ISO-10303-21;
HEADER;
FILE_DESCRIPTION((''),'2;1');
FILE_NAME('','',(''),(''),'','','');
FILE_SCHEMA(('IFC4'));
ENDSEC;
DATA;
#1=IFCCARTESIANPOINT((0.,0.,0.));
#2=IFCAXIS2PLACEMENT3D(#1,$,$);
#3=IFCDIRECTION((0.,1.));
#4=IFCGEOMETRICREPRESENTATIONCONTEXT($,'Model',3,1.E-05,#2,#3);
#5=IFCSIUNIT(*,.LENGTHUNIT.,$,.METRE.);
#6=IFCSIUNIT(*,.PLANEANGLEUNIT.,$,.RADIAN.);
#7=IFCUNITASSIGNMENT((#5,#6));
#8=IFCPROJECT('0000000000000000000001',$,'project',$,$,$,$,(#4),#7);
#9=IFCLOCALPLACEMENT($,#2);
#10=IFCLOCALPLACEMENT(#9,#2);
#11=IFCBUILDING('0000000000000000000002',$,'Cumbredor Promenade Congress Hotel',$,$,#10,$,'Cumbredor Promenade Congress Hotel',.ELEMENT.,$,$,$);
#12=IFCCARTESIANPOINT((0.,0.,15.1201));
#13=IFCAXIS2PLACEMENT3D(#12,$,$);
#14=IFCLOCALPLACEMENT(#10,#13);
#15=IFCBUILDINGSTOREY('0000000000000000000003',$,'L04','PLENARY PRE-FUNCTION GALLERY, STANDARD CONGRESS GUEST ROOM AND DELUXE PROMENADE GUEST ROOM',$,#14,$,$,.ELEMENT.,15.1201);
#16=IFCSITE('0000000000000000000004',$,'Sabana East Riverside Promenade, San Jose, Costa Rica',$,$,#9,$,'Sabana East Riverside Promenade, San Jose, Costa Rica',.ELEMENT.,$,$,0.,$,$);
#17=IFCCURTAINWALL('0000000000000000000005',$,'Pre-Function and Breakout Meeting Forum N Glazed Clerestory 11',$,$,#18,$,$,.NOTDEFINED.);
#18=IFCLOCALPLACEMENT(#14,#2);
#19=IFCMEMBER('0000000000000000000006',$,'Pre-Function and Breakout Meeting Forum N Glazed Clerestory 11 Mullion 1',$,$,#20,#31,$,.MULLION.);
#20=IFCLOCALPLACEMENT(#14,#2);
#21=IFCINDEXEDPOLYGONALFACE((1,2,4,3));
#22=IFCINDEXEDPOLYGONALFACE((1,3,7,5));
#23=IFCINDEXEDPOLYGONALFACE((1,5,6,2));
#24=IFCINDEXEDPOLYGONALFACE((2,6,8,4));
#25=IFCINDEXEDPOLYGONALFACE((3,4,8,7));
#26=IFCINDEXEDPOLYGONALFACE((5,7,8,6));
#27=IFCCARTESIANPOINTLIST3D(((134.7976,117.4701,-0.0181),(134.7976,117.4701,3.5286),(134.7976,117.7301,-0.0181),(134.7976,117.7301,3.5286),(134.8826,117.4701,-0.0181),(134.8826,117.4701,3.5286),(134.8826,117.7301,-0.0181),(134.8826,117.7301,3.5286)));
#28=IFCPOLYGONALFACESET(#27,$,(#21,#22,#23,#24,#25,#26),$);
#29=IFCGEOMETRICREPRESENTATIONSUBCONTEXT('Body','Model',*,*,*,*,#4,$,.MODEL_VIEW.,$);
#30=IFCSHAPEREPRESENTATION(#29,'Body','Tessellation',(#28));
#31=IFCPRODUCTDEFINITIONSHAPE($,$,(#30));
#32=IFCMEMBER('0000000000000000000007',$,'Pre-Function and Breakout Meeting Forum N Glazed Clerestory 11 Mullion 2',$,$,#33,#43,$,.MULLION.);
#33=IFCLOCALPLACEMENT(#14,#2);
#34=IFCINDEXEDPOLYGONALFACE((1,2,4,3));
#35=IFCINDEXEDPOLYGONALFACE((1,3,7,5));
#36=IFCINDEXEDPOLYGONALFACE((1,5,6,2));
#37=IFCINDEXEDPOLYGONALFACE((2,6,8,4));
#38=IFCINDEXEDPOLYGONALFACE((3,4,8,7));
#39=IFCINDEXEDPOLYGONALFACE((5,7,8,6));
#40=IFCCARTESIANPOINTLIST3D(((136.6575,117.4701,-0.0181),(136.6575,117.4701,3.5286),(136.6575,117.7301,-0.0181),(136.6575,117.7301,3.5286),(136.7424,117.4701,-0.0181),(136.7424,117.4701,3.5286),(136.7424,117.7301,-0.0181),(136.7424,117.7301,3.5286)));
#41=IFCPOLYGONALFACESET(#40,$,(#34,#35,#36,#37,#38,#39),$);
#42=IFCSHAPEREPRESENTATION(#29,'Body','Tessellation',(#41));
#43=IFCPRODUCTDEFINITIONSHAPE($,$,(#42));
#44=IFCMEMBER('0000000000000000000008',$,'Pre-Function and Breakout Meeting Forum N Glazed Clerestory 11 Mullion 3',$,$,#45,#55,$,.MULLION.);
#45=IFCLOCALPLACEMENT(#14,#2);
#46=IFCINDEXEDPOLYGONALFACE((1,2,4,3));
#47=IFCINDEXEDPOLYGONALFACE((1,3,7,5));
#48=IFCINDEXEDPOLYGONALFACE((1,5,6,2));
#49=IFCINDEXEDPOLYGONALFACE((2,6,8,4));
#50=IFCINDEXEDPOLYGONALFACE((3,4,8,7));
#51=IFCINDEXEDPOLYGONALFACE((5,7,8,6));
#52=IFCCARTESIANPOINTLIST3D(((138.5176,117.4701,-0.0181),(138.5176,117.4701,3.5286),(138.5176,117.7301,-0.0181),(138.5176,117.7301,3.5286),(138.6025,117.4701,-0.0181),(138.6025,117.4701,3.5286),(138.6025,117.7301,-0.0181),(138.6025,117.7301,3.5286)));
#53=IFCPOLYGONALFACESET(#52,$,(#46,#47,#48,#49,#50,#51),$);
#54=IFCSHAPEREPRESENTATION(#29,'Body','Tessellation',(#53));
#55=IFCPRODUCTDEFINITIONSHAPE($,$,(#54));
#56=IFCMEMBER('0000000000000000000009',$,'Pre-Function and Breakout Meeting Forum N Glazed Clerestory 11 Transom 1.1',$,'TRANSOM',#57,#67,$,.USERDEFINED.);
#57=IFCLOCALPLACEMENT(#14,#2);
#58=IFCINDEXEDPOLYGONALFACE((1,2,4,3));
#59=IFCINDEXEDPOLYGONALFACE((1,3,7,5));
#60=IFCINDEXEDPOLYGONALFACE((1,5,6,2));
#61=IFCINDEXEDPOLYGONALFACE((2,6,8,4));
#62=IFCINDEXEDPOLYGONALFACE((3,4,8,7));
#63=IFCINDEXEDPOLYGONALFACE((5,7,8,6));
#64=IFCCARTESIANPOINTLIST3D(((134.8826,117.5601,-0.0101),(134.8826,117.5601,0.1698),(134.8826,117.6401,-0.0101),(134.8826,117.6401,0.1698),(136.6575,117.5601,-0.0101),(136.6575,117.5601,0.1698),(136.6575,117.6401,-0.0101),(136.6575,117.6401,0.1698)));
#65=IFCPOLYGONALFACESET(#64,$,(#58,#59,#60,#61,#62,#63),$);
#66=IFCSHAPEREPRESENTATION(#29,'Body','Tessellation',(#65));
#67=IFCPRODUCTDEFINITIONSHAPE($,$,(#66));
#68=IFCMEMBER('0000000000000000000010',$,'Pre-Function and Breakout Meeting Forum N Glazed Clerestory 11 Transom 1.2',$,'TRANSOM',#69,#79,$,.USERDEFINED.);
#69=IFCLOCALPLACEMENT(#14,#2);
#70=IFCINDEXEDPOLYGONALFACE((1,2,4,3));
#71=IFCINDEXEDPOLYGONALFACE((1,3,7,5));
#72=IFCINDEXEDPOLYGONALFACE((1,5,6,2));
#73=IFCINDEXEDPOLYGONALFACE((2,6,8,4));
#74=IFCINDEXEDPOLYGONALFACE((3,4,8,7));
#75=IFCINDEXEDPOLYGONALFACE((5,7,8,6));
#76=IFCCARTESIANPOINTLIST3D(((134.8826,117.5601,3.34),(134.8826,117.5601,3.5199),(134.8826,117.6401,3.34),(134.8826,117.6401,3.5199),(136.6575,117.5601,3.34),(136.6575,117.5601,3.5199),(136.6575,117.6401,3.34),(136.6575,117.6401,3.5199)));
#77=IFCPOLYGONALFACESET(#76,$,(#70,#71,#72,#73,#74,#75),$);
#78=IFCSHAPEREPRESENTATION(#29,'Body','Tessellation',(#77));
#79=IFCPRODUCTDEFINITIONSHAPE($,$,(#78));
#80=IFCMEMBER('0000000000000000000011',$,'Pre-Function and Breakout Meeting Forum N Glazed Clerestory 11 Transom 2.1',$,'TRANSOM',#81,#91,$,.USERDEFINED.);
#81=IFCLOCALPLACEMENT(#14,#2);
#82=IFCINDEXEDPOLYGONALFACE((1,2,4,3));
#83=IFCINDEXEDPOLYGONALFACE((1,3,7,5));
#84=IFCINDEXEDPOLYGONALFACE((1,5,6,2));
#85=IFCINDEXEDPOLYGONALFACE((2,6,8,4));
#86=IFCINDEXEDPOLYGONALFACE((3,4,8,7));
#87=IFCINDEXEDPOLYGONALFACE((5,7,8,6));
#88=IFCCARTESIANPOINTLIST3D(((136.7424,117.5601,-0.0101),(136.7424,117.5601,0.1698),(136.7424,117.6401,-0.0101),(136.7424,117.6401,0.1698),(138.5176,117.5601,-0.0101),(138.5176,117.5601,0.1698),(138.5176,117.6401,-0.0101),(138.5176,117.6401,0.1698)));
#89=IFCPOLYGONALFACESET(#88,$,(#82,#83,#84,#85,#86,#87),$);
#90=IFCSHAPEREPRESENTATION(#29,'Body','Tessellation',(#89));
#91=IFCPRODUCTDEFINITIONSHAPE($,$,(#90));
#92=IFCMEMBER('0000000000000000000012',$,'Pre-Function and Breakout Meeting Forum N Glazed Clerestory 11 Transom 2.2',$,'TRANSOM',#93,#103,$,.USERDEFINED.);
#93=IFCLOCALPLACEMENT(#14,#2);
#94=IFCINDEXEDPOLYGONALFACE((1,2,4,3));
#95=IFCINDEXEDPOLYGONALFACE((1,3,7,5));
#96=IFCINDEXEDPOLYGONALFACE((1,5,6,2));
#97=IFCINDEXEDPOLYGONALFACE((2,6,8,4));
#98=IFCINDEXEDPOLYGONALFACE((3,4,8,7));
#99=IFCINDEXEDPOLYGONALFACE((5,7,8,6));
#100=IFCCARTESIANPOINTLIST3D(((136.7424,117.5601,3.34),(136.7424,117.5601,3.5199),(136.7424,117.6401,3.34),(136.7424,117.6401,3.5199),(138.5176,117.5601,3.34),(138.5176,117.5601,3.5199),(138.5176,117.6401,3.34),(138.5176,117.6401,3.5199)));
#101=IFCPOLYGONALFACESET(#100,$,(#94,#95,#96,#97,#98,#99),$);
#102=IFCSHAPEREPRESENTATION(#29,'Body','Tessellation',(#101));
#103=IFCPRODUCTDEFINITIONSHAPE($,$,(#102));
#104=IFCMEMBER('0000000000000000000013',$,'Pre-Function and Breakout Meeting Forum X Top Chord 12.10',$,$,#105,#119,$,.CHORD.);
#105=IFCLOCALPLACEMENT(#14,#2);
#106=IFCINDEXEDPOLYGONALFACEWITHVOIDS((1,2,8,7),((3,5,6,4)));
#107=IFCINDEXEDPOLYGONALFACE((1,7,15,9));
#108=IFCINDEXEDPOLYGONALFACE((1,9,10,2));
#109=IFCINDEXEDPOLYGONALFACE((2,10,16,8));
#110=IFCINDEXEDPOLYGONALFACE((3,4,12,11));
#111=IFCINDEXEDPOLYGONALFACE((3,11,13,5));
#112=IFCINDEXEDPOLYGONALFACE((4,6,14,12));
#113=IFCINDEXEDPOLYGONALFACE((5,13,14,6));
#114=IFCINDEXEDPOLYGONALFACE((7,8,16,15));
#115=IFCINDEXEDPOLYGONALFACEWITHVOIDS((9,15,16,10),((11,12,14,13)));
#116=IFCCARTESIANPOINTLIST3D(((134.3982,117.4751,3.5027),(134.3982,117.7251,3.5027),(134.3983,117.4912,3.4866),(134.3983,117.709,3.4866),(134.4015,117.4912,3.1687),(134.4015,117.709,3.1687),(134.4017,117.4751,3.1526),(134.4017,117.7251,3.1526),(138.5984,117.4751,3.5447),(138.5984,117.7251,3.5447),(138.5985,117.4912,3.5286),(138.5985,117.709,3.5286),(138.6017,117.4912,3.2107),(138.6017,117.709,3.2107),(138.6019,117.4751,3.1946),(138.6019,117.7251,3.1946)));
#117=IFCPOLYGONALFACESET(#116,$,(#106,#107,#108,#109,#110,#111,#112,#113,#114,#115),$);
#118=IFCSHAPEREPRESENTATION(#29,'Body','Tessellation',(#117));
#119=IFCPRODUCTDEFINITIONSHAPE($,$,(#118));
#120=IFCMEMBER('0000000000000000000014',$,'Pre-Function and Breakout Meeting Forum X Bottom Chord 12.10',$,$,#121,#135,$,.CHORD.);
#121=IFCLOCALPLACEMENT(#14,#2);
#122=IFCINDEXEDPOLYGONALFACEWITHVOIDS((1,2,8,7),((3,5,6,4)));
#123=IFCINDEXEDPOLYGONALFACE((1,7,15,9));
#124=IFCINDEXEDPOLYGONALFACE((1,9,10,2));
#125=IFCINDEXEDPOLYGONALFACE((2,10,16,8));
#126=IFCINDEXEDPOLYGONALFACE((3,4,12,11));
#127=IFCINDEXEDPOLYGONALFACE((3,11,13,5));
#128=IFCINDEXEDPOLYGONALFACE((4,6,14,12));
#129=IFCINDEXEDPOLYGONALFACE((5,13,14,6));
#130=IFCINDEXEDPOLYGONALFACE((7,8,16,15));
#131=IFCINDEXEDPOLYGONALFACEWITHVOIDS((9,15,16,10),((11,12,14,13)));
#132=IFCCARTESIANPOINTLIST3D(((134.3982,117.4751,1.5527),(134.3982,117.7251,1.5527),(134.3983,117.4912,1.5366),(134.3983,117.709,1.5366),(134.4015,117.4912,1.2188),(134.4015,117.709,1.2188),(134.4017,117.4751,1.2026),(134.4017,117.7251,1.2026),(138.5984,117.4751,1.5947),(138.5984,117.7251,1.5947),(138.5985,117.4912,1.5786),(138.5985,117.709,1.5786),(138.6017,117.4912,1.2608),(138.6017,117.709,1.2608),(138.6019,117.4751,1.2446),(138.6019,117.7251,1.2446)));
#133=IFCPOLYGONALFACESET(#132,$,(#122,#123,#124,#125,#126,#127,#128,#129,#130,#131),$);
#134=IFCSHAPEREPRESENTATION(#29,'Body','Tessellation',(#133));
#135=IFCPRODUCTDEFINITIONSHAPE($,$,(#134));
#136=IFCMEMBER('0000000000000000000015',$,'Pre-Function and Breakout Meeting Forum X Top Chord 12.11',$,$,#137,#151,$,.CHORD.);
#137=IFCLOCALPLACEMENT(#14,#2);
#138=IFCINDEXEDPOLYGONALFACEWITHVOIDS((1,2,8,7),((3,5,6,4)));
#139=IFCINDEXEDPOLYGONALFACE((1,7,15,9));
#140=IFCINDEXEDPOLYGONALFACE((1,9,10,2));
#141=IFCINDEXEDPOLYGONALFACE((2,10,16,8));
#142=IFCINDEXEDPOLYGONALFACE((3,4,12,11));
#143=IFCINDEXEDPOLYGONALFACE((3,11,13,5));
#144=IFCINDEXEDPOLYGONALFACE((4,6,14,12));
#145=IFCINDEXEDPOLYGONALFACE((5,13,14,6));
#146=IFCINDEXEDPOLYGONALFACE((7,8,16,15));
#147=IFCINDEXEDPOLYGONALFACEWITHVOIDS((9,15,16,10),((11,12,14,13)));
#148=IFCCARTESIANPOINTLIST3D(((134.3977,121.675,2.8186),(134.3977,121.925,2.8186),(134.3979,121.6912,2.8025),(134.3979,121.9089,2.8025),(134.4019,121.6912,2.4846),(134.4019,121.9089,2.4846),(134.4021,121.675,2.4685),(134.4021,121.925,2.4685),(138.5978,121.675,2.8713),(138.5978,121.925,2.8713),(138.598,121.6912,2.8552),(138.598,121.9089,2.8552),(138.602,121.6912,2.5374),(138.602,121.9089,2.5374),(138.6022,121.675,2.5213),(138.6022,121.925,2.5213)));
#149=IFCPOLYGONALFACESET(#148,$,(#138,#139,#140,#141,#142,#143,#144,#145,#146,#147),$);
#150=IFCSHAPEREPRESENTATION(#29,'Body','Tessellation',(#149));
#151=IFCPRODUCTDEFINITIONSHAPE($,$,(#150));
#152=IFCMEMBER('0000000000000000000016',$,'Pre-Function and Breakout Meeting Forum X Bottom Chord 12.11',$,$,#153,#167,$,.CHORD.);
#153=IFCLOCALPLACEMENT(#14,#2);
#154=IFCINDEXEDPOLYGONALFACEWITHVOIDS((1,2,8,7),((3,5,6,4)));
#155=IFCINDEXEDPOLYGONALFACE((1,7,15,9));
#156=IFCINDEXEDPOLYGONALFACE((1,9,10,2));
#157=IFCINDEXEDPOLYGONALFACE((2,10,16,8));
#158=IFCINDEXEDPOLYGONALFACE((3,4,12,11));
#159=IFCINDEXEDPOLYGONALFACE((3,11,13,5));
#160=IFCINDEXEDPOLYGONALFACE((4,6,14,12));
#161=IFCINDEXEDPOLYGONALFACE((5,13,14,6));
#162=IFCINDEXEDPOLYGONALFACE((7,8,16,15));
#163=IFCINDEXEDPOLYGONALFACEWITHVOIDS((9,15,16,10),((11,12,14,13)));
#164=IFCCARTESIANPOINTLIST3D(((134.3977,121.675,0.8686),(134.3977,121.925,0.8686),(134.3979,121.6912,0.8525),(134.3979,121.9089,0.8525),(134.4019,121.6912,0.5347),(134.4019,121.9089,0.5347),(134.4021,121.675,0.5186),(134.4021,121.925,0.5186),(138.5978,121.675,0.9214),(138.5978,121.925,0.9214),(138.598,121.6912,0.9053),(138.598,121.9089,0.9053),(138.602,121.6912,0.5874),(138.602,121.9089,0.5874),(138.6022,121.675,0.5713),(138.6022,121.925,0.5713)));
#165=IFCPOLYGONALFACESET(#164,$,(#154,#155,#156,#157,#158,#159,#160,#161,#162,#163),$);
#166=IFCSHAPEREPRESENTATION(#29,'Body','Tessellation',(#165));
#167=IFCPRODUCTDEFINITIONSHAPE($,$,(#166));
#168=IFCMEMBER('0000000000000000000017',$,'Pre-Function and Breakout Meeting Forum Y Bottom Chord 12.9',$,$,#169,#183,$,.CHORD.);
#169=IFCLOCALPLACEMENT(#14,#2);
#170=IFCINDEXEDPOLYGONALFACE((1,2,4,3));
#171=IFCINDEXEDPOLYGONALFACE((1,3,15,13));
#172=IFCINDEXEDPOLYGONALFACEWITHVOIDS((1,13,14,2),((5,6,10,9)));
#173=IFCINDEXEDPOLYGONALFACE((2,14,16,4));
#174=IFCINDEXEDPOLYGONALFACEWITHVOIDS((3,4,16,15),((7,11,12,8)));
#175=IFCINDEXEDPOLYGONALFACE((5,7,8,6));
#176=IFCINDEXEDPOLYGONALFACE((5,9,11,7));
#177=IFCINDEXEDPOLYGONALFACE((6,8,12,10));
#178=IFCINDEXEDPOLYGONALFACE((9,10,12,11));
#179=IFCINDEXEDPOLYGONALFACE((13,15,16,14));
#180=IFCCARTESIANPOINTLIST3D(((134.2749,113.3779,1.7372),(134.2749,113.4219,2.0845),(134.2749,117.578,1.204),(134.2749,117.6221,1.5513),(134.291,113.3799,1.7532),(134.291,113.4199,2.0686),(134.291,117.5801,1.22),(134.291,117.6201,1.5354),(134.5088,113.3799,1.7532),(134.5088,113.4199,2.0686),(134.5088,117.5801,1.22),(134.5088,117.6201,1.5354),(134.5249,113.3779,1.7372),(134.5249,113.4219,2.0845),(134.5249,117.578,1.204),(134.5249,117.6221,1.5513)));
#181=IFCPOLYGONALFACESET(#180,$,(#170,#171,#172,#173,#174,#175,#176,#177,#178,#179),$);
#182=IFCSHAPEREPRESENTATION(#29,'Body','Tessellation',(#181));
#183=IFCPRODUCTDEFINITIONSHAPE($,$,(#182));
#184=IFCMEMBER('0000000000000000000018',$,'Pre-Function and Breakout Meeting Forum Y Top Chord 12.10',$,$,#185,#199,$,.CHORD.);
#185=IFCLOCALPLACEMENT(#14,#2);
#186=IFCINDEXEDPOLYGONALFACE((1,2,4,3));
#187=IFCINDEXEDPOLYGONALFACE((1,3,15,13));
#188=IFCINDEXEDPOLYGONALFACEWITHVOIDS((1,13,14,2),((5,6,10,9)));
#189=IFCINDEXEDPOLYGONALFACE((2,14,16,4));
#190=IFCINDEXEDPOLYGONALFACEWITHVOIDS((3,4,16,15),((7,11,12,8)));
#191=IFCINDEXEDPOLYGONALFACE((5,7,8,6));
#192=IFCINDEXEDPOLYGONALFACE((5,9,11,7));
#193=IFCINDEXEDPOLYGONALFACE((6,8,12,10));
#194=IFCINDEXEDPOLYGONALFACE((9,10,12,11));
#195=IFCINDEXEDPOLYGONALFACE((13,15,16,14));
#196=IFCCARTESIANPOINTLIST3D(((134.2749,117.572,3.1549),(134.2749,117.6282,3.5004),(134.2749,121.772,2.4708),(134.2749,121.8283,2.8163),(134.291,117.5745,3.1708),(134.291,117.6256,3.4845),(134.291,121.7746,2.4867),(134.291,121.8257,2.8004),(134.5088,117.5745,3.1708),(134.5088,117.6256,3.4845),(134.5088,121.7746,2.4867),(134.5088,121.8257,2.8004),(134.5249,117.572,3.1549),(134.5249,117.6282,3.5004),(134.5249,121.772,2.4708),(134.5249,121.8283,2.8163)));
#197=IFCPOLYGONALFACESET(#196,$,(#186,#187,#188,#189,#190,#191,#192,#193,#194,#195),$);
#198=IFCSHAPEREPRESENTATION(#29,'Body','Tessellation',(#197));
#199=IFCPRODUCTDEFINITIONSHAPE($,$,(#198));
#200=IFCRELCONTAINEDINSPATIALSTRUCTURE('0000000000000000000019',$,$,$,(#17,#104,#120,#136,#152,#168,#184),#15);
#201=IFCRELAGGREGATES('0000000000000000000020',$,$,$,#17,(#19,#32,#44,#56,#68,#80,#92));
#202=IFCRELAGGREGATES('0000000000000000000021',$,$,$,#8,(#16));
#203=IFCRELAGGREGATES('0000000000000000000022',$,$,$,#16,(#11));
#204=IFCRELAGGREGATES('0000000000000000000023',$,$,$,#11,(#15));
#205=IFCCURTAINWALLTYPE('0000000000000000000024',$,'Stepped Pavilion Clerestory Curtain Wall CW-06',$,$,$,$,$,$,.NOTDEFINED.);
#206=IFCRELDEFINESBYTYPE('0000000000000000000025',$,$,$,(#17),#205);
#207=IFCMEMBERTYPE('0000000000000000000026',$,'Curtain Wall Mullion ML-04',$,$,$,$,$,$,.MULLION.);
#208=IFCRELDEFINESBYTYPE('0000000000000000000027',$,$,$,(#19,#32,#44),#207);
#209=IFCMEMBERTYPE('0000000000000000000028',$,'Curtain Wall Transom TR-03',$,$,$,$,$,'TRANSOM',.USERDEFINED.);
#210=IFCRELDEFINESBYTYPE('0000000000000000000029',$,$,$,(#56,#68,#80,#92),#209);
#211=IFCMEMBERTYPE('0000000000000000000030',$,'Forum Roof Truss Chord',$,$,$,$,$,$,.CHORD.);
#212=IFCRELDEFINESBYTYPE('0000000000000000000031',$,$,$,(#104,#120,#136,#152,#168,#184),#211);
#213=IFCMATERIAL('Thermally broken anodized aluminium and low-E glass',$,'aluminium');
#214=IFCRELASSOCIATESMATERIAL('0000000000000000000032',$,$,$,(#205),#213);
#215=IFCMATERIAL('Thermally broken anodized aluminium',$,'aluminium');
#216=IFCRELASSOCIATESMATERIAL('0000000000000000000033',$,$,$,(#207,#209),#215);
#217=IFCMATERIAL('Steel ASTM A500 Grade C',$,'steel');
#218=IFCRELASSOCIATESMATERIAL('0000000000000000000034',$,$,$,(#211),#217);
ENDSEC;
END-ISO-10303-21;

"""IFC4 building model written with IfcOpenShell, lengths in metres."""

from ifc_helpers import new_model, si_unit, direction, frame, origin, origin_2d, place, context, subcontext, project, spatial, rectangle, hollow_rectangle, extrude, material, material_profile, profile_set, type_object, element, aggregate, save


model = new_model("IFC4")

# Units and contexts
model_context = context("Model", 3, precision=1e-05, world=origin(), true_north=direction((0.0, 1.0)))
body_context = subcontext(model_context, "Body", "Model", "MODEL_VIEW")
ifc_project = project(units=[si_unit("LENGTHUNIT", "METRE"), si_unit("PLANEANGLEUNIT", "RADIAN")], contexts=[model_context])

# Site, building, storey
site_placement = place(None, origin())
site = spatial("IfcSite", under=ifc_project, at=site_placement, Name="Sabana East Riverside Promenade, San Jose, Costa Rica", LongName="Sabana East Riverside Promenade, San Jose, Costa Rica", CompositionType="ELEMENT", RefElevation=0.0)
building_placement = place(site_placement, origin())
building = spatial("IfcBuilding", under=site, at=building_placement, Name="Cumbredor Promenade Congress Hotel", LongName="Cumbredor Promenade Congress Hotel", CompositionType="ELEMENT")
storey_placement = place(building_placement, frame((0.0, 0.0, 15.1201)))
storey = spatial("IfcBuildingStorey", under=building, at=storey_placement, Name="L04", Description="PLENARY PRE-FUNCTION GALLERY, STANDARD CONGRESS GUEST ROOM AND DELUXE PROMENADE GUEST ROOM", CompositionType="ELEMENT", Elevation=15.1201)

# Curtain wall, members
ifc_material_1 = material(Name="Thermally broken anodized aluminium and low-E glass", Category="aluminium")
curtain_wall_type = type_object("IfcCurtainWallType", Name="Stepped Pavilion Clerestory Curtain Wall CW-06", PredefinedType="NOTDEFINED", material=ifc_material_1)
curtain_wall_placement = place(storey_placement, origin())
curtain_wall = element("IfcCurtainWall", 1, at=curtain_wall_placement, inside=storey, type_object=curtain_wall_type, Name="Pre-Function and Breakout Meeting Forum N Glazed Clerestory 11", PredefinedType="NOTDEFINED")
ifc_material_2 = material(Name="Thermally broken anodized aluminium", Category="aluminium")
ifc_material_profile_1 = material_profile(ifc_material_2, rectangle(XDim=0.085, YDim=0.26, at=origin_2d()), Name="ALU MULLION CLERESTORY 85x260")
ifc_profile_set_1 = profile_set([ifc_material_profile_1], Name="Thermally broken anodized aluminium")
member_type_1 = type_object("IfcMemberType", Name="Curtain Wall Mullion ML-04", PredefinedType="MULLION", material=ifc_profile_set_1)
member_1_placement = place(storey_placement, frame((134.8401, 117.6001, -0.0181), z_axis=(0.0, 0.0, 1.0), x_axis=(1.0, 0.0, 0.0)))
member_1 = element("IfcMember", 2, at=member_1_placement, type_object=member_type_1, Name="Pre-Function and Breakout Meeting Forum N Glazed Clerestory 11 Mullion 1", PredefinedType="MULLION", context=body_context, shape_type="SweptSolid", body=[
    extrude(rectangle(XDim=0.085, YDim=0.26, at=origin_2d()), origin(), (0.0, 0.0, 1.0), 3.5466),
])
member_2_placement = place(storey_placement, frame((136.7, 117.6001, -0.0181), z_axis=(0.0, 0.0, 1.0), x_axis=(1.0, 0.0, 0.0)))
member_2 = element("IfcMember", 3, at=member_2_placement, type_object=member_type_1, Name="Pre-Function and Breakout Meeting Forum N Glazed Clerestory 11 Mullion 2", PredefinedType="MULLION", context=body_context, shape_type="SweptSolid", body=[
    extrude(rectangle(XDim=0.085, YDim=0.26, at=origin_2d()), origin(), (0.0, 0.0, 1.0), 3.5466),
])
member_3_placement = place(storey_placement, frame((138.5601, 117.6001, -0.0181), z_axis=(0.0, 0.0, 1.0), x_axis=(1.0, 0.0, 0.0)))
member_3 = element("IfcMember", 4, at=member_3_placement, type_object=member_type_1, Name="Pre-Function and Breakout Meeting Forum N Glazed Clerestory 11 Mullion 3", PredefinedType="MULLION", context=body_context, shape_type="SweptSolid", body=[
    extrude(rectangle(XDim=0.085, YDim=0.26, at=origin_2d()), origin(), (0.0, 0.0, 1.0), 3.5466),
])
ifc_material_profile_2 = material_profile(ifc_material_2, rectangle(XDim=0.0801, YDim=0.1799, at=origin_2d()), Name="ALU TRANSOM 80x180")
ifc_profile_set_2 = profile_set([ifc_material_profile_2], Name="Thermally broken anodized aluminium")
member_type_2 = type_object("IfcMemberType", Name="Curtain Wall Transom TR-03", ElementType="TRANSOM", PredefinedType="USERDEFINED", material=ifc_profile_set_2)
member_4_placement = place(storey_placement, frame((134.8826, 117.6001, 0.0798), z_axis=(1.0, 0.0, 0.0), x_axis=(0.0, 1.0, 0.0)))
member_4 = element("IfcMember", 5, at=member_4_placement, type_object=member_type_2, Name="Pre-Function and Breakout Meeting Forum N Glazed Clerestory 11 Transom 1.1", ObjectType="TRANSOM", PredefinedType="USERDEFINED", context=body_context, shape_type="SweptSolid", body=[
    extrude(rectangle(XDim=0.0801, YDim=0.1799, at=origin_2d()), origin(), (0.0, 0.0, 1.0), 1.7749),
])
member_5_placement = place(storey_placement, frame((134.8826, 117.6001, 3.4299), z_axis=(1.0, 0.0, 0.0), x_axis=(0.0, 1.0, 0.0)))
member_5 = element("IfcMember", 6, at=member_5_placement, type_object=member_type_2, Name="Pre-Function and Breakout Meeting Forum N Glazed Clerestory 11 Transom 1.2", ObjectType="TRANSOM", PredefinedType="USERDEFINED", context=body_context, shape_type="SweptSolid", body=[
    extrude(rectangle(XDim=0.0801, YDim=0.1799, at=origin_2d()), origin(), (0.0, 0.0, 1.0), 1.7749),
])
member_6_placement = place(storey_placement, frame((136.7424, 117.6001, 0.0798), z_axis=(1.0, 0.0, 0.0), x_axis=(0.0, 1.0, 0.0)))
member_6 = element("IfcMember", 7, at=member_6_placement, type_object=member_type_2, Name="Pre-Function and Breakout Meeting Forum N Glazed Clerestory 11 Transom 2.1", ObjectType="TRANSOM", PredefinedType="USERDEFINED", context=body_context, shape_type="SweptSolid", body=[
    extrude(rectangle(XDim=0.0801, YDim=0.1799, at=origin_2d()), origin(), (0.0, 0.0, 1.0), 1.7751),
])
member_7_placement = place(storey_placement, frame((136.7424, 117.6001, 3.4299), z_axis=(1.0, 0.0, 0.0), x_axis=(0.0, 1.0, 0.0)))
member_7 = element("IfcMember", 8, at=member_7_placement, type_object=member_type_2, Name="Pre-Function and Breakout Meeting Forum N Glazed Clerestory 11 Transom 2.2", ObjectType="TRANSOM", PredefinedType="USERDEFINED", context=body_context, shape_type="SweptSolid", body=[
    extrude(rectangle(XDim=0.0801, YDim=0.1799, at=origin_2d()), origin(), (0.0, 0.0, 1.0), 1.7751),
])

# Members
ifc_material_3 = material(Name="Steel ASTM A500 Grade C", Category="steel")
ifc_material_profile_3 = material_profile(ifc_material_3, hollow_rectangle(XDim=0.25, YDim=0.3501, WallThickness=0.0161, at=origin_2d()), Name="HSS 350x250x16")
ifc_profile_set_3 = profile_set([ifc_material_profile_3], Name="Steel ASTM A500 Grade C")
member_type_3 = type_object("IfcMemberType", Name="Forum Roof Truss Chord", PredefinedType="CHORD", material=ifc_profile_set_3)
for number, where, z_axis, x_axis, name in (
    (9, (134.3999, 117.6001, 3.3276), (0.99995, 0.0, 0.009997), (0.0, 1.0, 0.0), "Pre-Function and Breakout Meeting Forum X Top Chord 12.10"),
    (10, (134.3999, 117.6001, 1.3777), (0.99995, 0.0, 0.009997), (0.0, 1.0, 0.0), "Pre-Function and Breakout Meeting Forum X Bottom Chord 12.10"),
    (11, (134.3999, 121.8, 2.6436), (0.999921, 0.0, 0.012554), (0.0, 1.0, 0.0), "Pre-Function and Breakout Meeting Forum X Top Chord 12.11"),
    (12, (134.3999, 121.8, 0.6936), (0.999921, 0.0, 0.012554), (0.0, 1.0, 0.0), "Pre-Function and Breakout Meeting Forum X Bottom Chord 12.11"),
):
    element("IfcMember", number, at=place(storey_placement, frame(where, z_axis=z_axis, x_axis=x_axis)), inside=storey, type_object=member_type_3, Name=name, PredefinedType="CHORD", context=body_context, shape_type="SweptSolid", body=[
        extrude(hollow_rectangle(XDim=0.25, YDim=0.3501, WallThickness=0.0161, at=origin_2d()), origin(), (0.0, 0.0, 1.0), 4.2004),
    ])
member_8_placement = place(storey_placement, frame((134.3999, 113.3999, 1.9109), z_axis=(0.0, 0.992038, -0.125937), x_axis=(-1.0, 0.0, 0.0)))
element("IfcMember", 13, at=member_8_placement, inside=storey, type_object=member_type_3, Name="Pre-Function and Breakout Meeting Forum Y Bottom Chord 12.9", PredefinedType="CHORD", context=body_context, shape_type="SweptSolid", body=[
    extrude(hollow_rectangle(XDim=0.25, YDim=0.3501, WallThickness=0.0161, at=origin_2d()), origin(), (0.0, 0.0, 1.0), 4.2339),
])
for number, where, z_axis, x_axis, name in (
    (14, (134.3999, 117.6001, 3.3276), (0.0, 0.986994, -0.16076), (-1.0, 0.0, 0.0), "Pre-Function and Breakout Meeting Forum Y Top Chord 12.10"),
):
    element("IfcMember", number, at=place(storey_placement, frame(where, z_axis=z_axis, x_axis=x_axis)), inside=storey, type_object=member_type_3, Name=name, PredefinedType="CHORD", context=body_context, shape_type="SweptSolid", body=[
        extrude(hollow_rectangle(XDim=0.25, YDim=0.3501, WallThickness=0.0161, at=origin_2d()), origin(), (0.0, 0.0, 1.0), 4.2554),
    ])

aggregate(curtain_wall, [member_1, member_2, member_3, member_4, member_5, member_6, member_7])

save(model, "model.ifc")
